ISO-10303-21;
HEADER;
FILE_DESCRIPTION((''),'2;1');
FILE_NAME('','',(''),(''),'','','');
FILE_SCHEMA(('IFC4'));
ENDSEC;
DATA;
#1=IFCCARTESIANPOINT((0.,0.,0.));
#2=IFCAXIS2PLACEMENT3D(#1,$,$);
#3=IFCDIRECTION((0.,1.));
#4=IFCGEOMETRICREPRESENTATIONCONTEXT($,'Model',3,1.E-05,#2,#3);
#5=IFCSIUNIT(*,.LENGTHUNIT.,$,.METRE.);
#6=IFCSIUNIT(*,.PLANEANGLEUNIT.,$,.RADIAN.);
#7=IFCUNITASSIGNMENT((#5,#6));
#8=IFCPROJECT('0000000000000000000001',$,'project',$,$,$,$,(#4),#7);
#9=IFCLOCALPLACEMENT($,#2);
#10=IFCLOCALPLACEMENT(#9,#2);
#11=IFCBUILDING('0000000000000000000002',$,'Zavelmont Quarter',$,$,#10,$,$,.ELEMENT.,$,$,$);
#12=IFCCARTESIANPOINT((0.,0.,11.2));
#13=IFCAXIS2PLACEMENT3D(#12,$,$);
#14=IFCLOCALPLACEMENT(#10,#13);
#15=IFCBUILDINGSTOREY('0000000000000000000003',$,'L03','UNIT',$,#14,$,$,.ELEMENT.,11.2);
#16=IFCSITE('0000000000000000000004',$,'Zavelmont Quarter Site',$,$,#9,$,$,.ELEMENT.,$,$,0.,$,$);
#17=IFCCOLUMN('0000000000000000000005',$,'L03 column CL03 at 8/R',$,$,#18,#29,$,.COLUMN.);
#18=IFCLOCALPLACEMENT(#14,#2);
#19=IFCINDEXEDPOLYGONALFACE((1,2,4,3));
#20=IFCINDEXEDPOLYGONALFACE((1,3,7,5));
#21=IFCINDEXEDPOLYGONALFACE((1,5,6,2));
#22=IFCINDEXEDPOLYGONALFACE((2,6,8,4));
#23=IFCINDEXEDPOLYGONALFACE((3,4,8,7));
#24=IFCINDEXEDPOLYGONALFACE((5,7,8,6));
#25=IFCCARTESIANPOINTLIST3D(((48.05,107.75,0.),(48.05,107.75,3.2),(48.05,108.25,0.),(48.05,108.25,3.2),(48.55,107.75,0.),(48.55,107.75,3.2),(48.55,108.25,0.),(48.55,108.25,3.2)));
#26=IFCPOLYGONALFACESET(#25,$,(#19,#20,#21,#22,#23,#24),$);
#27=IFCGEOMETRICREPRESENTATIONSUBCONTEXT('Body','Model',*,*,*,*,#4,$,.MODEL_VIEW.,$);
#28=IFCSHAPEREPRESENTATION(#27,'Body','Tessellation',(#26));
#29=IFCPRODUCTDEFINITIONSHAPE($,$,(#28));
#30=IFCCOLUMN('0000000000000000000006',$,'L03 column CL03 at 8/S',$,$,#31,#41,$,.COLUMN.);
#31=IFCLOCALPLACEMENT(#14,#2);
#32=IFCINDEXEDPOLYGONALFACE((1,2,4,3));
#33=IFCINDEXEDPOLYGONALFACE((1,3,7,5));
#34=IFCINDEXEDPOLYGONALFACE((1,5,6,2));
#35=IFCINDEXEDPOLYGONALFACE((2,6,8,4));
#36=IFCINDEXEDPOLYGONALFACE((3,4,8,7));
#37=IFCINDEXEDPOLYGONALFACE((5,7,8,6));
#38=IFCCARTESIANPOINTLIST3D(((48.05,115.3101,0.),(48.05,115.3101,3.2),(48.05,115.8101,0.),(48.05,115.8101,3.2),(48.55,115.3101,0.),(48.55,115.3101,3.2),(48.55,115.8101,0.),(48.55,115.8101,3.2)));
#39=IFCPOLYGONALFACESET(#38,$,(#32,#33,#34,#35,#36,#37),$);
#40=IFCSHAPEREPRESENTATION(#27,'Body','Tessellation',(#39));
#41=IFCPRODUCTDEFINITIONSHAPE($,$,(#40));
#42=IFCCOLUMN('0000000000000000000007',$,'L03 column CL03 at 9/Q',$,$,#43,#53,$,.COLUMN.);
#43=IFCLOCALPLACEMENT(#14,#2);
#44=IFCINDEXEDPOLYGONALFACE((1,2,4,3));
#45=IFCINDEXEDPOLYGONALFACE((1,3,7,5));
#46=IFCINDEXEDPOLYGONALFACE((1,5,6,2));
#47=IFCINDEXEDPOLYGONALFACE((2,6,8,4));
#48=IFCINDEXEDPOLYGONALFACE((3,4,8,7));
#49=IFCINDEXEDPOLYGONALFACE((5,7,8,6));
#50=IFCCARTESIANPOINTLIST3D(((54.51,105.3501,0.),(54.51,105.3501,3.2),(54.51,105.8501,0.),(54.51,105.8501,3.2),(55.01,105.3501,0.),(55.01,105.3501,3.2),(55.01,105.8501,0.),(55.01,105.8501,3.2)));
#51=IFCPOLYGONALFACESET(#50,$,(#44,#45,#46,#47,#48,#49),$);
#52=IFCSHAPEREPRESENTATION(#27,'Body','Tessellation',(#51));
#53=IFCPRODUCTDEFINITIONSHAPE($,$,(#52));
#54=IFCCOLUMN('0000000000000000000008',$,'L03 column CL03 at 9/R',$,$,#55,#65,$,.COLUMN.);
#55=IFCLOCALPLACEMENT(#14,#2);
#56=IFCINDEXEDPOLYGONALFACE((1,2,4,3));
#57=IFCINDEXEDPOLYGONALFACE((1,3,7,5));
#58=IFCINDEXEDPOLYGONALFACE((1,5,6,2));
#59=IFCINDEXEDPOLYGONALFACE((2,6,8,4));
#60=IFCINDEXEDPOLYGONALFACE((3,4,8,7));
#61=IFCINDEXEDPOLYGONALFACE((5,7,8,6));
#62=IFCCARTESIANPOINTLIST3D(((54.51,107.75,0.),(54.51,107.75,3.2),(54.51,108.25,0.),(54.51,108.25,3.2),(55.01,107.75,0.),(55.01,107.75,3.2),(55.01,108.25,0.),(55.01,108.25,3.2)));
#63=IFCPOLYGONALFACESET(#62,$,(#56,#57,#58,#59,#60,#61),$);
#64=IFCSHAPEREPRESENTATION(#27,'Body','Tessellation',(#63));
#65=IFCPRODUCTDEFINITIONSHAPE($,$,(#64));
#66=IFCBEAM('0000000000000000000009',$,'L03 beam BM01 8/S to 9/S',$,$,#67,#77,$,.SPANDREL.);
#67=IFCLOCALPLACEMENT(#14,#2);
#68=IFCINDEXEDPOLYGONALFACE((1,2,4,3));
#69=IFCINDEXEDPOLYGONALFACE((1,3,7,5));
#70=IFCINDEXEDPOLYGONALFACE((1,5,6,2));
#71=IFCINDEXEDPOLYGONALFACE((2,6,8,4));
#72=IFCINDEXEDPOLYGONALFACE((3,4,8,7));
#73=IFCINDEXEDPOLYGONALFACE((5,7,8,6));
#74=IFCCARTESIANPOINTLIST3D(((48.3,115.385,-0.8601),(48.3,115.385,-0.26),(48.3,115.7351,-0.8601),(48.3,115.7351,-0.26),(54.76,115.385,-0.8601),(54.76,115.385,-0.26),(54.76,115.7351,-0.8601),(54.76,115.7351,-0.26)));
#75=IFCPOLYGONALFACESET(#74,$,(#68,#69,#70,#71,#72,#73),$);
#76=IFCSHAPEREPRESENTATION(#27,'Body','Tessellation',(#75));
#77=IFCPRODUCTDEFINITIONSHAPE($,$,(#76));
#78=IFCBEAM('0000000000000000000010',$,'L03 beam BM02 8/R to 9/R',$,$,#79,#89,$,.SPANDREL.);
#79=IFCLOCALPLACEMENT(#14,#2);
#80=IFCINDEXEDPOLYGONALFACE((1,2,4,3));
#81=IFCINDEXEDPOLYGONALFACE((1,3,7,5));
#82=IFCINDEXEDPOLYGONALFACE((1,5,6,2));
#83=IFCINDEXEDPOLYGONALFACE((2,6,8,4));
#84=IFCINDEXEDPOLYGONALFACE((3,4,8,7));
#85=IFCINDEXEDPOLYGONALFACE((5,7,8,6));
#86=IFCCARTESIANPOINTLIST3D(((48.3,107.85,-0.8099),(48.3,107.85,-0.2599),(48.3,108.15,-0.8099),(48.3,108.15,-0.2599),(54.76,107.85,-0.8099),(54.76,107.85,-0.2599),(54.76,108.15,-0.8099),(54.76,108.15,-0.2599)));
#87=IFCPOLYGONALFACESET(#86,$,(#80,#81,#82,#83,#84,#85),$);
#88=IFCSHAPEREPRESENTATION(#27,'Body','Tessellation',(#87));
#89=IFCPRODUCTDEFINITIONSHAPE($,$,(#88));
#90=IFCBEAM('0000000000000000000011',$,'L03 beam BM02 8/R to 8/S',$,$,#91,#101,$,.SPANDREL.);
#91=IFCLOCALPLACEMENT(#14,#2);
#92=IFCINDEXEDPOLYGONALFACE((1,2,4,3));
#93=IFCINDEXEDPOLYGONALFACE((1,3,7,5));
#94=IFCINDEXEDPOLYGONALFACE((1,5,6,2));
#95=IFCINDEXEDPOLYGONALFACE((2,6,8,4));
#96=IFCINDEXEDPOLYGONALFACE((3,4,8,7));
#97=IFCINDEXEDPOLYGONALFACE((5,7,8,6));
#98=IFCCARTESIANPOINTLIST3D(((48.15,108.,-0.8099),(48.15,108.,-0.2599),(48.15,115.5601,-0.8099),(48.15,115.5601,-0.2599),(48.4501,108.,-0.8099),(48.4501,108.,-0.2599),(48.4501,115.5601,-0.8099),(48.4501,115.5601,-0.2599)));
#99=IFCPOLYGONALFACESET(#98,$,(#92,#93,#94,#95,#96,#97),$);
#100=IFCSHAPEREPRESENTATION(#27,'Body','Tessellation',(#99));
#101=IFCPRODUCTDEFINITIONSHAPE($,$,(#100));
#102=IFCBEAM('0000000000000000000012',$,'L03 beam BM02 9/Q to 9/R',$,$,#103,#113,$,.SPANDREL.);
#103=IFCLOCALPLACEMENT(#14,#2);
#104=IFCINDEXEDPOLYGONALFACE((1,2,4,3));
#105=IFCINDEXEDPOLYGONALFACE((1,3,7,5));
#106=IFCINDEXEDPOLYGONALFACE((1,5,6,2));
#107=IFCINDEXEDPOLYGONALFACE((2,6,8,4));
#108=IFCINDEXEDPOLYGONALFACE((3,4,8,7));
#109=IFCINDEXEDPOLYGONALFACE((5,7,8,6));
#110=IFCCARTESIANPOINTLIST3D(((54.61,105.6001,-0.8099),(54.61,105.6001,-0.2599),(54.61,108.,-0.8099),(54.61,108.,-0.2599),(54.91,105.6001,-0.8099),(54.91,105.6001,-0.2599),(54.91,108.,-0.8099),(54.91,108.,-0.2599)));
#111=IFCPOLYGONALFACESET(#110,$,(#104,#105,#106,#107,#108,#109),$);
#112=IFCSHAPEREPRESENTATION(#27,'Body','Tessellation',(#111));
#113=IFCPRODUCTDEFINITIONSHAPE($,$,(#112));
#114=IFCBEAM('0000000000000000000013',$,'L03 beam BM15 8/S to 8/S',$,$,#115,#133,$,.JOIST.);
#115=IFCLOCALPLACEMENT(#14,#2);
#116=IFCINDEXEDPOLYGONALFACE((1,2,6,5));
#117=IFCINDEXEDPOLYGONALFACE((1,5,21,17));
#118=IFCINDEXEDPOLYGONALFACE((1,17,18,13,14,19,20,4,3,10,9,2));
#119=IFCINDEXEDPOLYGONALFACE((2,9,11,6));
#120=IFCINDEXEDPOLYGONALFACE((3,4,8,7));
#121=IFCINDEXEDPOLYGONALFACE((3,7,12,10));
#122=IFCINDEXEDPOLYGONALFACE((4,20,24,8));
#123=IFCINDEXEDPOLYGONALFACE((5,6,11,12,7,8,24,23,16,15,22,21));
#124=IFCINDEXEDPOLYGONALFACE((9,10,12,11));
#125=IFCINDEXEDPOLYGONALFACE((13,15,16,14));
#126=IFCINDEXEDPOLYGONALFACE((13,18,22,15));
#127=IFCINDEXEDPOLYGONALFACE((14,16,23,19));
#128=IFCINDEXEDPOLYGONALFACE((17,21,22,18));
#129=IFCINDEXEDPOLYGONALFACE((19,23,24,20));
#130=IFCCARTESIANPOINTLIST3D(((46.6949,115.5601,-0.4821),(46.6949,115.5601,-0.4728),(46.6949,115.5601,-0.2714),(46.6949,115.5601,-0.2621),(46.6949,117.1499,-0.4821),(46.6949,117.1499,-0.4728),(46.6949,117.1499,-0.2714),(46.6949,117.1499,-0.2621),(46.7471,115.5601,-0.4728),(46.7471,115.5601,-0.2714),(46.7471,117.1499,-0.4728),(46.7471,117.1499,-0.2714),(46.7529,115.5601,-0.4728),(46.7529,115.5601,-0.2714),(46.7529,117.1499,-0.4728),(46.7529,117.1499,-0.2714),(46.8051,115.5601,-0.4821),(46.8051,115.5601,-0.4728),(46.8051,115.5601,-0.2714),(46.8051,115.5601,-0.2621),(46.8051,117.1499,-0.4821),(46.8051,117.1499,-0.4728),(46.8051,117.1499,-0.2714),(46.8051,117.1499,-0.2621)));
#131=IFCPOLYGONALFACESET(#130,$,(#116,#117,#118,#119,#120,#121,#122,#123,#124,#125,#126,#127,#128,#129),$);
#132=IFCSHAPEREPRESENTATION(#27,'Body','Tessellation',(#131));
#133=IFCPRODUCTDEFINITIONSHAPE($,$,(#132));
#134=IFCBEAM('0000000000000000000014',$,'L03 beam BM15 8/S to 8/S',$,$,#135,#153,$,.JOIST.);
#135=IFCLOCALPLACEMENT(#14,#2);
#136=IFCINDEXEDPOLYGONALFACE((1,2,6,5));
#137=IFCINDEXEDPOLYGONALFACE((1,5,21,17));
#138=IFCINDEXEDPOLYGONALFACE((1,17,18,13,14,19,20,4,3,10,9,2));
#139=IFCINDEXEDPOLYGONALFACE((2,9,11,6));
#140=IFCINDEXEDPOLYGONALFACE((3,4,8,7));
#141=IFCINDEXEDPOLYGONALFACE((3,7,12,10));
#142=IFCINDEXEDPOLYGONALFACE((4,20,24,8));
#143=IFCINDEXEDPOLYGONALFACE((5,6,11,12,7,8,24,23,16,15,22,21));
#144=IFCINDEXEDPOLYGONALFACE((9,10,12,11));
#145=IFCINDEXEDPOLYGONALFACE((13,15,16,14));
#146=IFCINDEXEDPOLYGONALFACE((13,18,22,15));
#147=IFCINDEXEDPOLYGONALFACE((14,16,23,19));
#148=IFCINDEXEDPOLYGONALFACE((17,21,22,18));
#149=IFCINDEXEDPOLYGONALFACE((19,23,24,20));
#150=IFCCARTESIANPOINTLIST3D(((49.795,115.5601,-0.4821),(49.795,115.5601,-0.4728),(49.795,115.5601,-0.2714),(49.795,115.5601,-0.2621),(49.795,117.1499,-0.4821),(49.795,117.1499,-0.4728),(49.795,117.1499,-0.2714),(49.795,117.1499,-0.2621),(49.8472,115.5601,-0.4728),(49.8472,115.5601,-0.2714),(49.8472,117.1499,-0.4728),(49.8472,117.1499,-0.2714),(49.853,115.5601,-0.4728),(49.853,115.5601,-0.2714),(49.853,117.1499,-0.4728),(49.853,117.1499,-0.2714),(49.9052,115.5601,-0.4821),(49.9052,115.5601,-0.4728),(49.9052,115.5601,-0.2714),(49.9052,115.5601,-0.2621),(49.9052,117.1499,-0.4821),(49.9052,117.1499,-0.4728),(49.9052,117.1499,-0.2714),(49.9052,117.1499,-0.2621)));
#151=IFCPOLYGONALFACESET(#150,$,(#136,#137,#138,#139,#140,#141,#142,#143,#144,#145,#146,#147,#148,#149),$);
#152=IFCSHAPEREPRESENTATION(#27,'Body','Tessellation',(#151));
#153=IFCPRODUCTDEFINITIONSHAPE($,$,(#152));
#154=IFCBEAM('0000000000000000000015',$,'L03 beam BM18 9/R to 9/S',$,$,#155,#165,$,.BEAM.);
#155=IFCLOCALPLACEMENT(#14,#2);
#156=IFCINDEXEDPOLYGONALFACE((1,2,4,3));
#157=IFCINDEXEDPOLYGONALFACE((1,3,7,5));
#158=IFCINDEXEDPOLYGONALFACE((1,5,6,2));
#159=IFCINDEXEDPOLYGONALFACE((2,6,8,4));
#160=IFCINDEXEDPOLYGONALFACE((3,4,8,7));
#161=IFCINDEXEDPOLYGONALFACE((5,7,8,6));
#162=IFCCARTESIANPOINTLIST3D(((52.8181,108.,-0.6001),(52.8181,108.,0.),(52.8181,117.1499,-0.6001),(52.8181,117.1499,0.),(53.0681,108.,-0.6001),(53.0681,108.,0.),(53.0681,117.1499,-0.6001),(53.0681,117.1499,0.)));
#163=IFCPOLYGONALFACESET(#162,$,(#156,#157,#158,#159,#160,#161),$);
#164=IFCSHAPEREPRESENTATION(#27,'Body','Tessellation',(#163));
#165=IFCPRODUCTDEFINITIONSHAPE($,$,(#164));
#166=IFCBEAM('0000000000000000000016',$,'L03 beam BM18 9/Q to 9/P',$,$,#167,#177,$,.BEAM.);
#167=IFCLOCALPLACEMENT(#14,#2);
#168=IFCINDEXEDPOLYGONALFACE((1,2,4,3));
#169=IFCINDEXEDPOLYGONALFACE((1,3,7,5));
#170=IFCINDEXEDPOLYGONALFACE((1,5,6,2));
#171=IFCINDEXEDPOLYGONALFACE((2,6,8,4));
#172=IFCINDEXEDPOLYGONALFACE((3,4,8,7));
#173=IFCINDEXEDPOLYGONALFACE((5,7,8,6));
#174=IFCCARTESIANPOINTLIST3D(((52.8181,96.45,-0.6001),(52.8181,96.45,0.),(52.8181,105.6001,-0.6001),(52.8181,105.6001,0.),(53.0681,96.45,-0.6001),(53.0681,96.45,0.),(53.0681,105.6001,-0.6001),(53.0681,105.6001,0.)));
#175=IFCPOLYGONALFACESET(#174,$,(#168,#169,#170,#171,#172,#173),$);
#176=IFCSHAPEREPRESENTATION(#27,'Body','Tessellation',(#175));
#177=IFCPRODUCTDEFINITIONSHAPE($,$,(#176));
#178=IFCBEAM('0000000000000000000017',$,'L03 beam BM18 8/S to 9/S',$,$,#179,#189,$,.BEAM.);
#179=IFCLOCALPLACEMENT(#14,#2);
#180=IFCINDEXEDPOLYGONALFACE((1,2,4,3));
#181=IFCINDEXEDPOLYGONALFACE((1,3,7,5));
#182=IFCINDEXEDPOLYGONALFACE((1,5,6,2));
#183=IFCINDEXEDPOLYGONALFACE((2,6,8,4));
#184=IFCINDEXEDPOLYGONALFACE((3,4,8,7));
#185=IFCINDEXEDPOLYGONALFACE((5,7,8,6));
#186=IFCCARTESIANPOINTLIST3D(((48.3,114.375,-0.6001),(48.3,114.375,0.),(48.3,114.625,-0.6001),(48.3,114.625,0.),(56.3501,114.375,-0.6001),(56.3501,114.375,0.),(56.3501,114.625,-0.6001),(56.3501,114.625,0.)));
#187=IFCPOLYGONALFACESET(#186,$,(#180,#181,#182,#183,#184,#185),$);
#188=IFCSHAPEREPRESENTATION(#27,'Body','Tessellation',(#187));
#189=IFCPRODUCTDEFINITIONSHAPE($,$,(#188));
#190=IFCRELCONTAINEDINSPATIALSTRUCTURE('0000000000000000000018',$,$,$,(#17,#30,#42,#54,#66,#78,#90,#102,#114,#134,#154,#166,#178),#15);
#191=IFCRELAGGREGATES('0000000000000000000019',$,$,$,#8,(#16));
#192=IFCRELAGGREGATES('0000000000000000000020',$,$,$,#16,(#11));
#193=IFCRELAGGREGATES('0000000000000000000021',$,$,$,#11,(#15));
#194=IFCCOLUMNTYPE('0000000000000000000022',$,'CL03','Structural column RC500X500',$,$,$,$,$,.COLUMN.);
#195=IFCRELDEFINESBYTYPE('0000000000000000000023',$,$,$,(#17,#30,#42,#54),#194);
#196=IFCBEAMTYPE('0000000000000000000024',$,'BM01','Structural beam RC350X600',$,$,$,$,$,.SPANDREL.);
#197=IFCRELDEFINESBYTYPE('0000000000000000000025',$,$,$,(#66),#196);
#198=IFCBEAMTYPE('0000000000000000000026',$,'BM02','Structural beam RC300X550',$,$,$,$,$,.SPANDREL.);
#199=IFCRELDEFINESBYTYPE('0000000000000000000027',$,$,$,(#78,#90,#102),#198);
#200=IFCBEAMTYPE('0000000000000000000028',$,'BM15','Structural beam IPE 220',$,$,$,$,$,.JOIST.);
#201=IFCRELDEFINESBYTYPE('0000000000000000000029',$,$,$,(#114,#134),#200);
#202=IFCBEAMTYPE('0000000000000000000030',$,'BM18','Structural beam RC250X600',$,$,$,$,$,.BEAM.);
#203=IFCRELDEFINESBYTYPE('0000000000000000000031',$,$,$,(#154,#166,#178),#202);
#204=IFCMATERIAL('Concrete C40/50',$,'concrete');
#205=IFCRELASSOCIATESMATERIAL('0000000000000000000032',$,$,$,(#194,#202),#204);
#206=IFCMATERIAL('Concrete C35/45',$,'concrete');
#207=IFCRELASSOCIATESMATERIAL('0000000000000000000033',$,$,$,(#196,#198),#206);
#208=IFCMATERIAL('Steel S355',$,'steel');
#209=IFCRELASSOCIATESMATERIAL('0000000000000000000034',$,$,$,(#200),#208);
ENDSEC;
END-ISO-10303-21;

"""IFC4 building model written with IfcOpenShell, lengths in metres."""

from ifc_helpers import new_model, si_unit, direction, frame, origin, origin_2d, place, context, subcontext, project, spatial, rectangle, i_section, extrude, material, material_profile, profile_set, type_object, element, save


model = new_model("IFC4")

# Units and contexts
model_context = context("Model", 3, precision=1e-05, world=origin(), true_north=direction((0.0, 1.0)))
body_context = subcontext(model_context, "Body", "Model", "MODEL_VIEW")
ifc_project = project(units=[si_unit("LENGTHUNIT", "METRE"), si_unit("PLANEANGLEUNIT", "RADIAN")], contexts=[model_context])

# Site, building, storey
site_placement = place(None, origin())
site = spatial("IfcSite", under=ifc_project, at=site_placement, Name="Zavelmont Quarter Site", CompositionType="ELEMENT", RefElevation=0.0)
building_placement = place(site_placement, origin())
building = spatial("IfcBuilding", under=site, at=building_placement, Name="Zavelmont Quarter", CompositionType="ELEMENT")
storey_placement = place(building_placement, frame((0.0, 0.0, 11.2)))
storey = spatial("IfcBuildingStorey", under=building, at=storey_placement, Name="L03", Description="UNIT", CompositionType="ELEMENT", Elevation=11.2)

# Columns
ifc_material_1 = material(Name="Concrete C40/50", Category="concrete")
ifc_material_profile_1 = material_profile(ifc_material_1, rectangle(XDim=0.5, YDim=0.5, at=origin_2d()), Name="RC500X500")
ifc_profile_set_1 = profile_set([ifc_material_profile_1], Name="Concrete C40/50")
column_type = type_object("IfcColumnType", Name="CL03", Description="Structural column RC500X500", PredefinedType="COLUMN", material=ifc_profile_set_1)
for number, where, z_axis, x_axis, name in (
    (1, (48.3, 108.0, 0.0), (0.0, 0.0, 1.0), (1.0, 0.0, 0.0), "L03 column CL03 at 8/R"),
    (2, (48.3, 115.5601, 0.0), (0.0, 0.0, 1.0), (1.0, 0.0, 0.0), "L03 column CL03 at 8/S"),
    (3, (54.76, 105.6001, 0.0), (0.0, 0.0, 1.0), (1.0, 0.0, 0.0), "L03 column CL03 at 9/Q"),
    (4, (54.76, 108.0, 0.0), (0.0, 0.0, 1.0), (1.0, 0.0, 0.0), "L03 column CL03 at 9/R"),
):
    element("IfcColumn", number, at=place(storey_placement, frame(where, z_axis=z_axis, x_axis=x_axis)), inside=storey, type_object=column_type, Name=name, PredefinedType="COLUMN", context=body_context, shape_type="SweptSolid", body=[
        extrude(rectangle(XDim=0.5, YDim=0.5, at=origin_2d()), origin(), (0.0, 0.0, 1.0), 3.2),
    ])

# Beams
ifc_material_2 = material(Name="Concrete C35/45", Category="concrete")
ifc_material_profile_2 = material_profile(ifc_material_2, rectangle(XDim=0.3501, YDim=0.6001, at=origin_2d()), Name="RC350X600")
ifc_profile_set_2 = profile_set([ifc_material_profile_2], Name="Concrete C35/45")
beam_type_1 = type_object("IfcBeamType", Name="BM01", Description="Structural beam RC350X600", PredefinedType="SPANDREL", material=ifc_profile_set_2)
beam_1_placement = place(storey_placement, frame((48.3, 115.5601, -0.5601), z_axis=(1.0, 0.0, 0.0), x_axis=(0.0, 1.0, 0.0)))
element("IfcBeam", 5, at=beam_1_placement, inside=storey, type_object=beam_type_1, Name="L03 beam BM01 8/S to 9/S", PredefinedType="SPANDREL", context=body_context, shape_type="SweptSolid", body=[
    extrude(rectangle(XDim=0.3501, YDim=0.6001, at=origin_2d()), origin(), (0.0, 0.0, 1.0), 6.46),
])
ifc_material_profile_3 = material_profile(ifc_material_2, rectangle(XDim=0.3, YDim=0.55, at=origin_2d()), Name="RC300X550")
ifc_profile_set_3 = profile_set([ifc_material_profile_3], Name="Concrete C35/45")
beam_type_2 = type_object("IfcBeamType", Name="BM02", Description="Structural beam RC300X550", PredefinedType="SPANDREL", material=ifc_profile_set_3)
beam_2_placement = place(storey_placement, frame((48.3, 108.0, -0.5349), z_axis=(1.0, 0.0, 0.0), x_axis=(0.0, 1.0, 0.0)))
element("IfcBeam", 6, at=beam_2_placement, inside=storey, type_object=beam_type_2, Name="L03 beam BM02 8/R to 9/R", PredefinedType="SPANDREL", context=body_context, shape_type="SweptSolid", body=[
    extrude(rectangle(XDim=0.3, YDim=0.55, at=origin_2d()), origin(), (0.0, 0.0, 1.0), 6.46),
])
beam_3_placement = place(storey_placement, frame((48.3, 108.0, -0.5349), z_axis=(0.0, 1.0, 0.0), x_axis=(-1.0, 0.0, 0.0)))
element("IfcBeam", 7, at=beam_3_placement, inside=storey, type_object=beam_type_2, Name="L03 beam BM02 8/R to 8/S", PredefinedType="SPANDREL", context=body_context, shape_type="SweptSolid", body=[
    extrude(rectangle(XDim=0.3, YDim=0.55, at=origin_2d()), origin(), (0.0, 0.0, 1.0), 7.5601),
])
beam_4_placement = place(storey_placement, frame((54.76, 105.6001, -0.5349), z_axis=(0.0, 1.0, 0.0), x_axis=(-1.0, 0.0, 0.0)))
element("IfcBeam", 8, at=beam_4_placement, inside=storey, type_object=beam_type_2, Name="L03 beam BM02 9/Q to 9/R", PredefinedType="SPANDREL", context=body_context, shape_type="SweptSolid", body=[
    extrude(rectangle(XDim=0.3, YDim=0.55, at=origin_2d()), origin(), (0.0, 0.0, 1.0), 2.3999),
])
ifc_material_3 = material(Name="Steel S355", Category="steel")
ifc_material_profile_4 = material_profile(ifc_material_3, i_section(OverallWidth=0.1101, OverallDepth=0.22, WebThickness=0.0059, FlangeThickness=0.0093, at=origin_2d()), Name="IPE 220")
ifc_profile_set_4 = profile_set([ifc_material_profile_4], Name="Steel S355")
beam_type_3 = type_object("IfcBeamType", Name="BM15", Description="Structural beam IPE 220", PredefinedType="JOIST", material=ifc_profile_set_4)
for number, where, z_axis, x_axis, name in (
    (9, (46.75, 115.5601, -0.3721), (0.0, 1.0, 0.0), (-1.0, 0.0, 0.0), "L03 beam BM15 8/S to 8/S"),
    (10, (49.8501, 115.5601, -0.3721), (0.0, 1.0, 0.0), (-1.0, 0.0, 0.0), "L03 beam BM15 8/S to 8/S"),
):
    element("IfcBeam", number, at=place(storey_placement, frame(where, z_axis=z_axis, x_axis=x_axis)), inside=storey, type_object=beam_type_3, Name=name, PredefinedType="JOIST", context=body_context, shape_type="SweptSolid", body=[
        extrude(i_section(OverallWidth=0.1101, OverallDepth=0.22, WebThickness=0.0059, FlangeThickness=0.0093, at=origin_2d()), origin(), (0.0, 0.0, 1.0), 1.5898),
    ])
ifc_material_profile_5 = material_profile(ifc_material_1, rectangle(XDim=0.25, YDim=0.6001, at=origin_2d()), Name="RC250X600")
ifc_profile_set_5 = profile_set([ifc_material_profile_5], Name="Concrete C40/50")
beam_type_4 = type_object("IfcBeamType", Name="BM18", Description="Structural beam RC250X600", PredefinedType="BEAM", material=ifc_profile_set_5)
beam_5_placement = place(storey_placement, frame((52.9431, 108.0, -0.3), z_axis=(0.0, 1.0, 0.0), x_axis=(-1.0, 0.0, 0.0)))
element("IfcBeam", 11, at=beam_5_placement, inside=storey, type_object=beam_type_4, Name="L03 beam BM18 9/R to 9/S", PredefinedType="BEAM", context=body_context, shape_type="SweptSolid", body=[
    extrude(rectangle(XDim=0.25, YDim=0.6001, at=origin_2d()), origin(), (0.0, 0.0, 1.0), 9.1499),
])
beam_6_placement = place(storey_placement, frame((52.9431, 105.6001, -0.3), z_axis=(0.0, -1.0, 0.0), x_axis=(1.0, 0.0, 0.0)))
element("IfcBeam", 12, at=beam_6_placement, inside=storey, type_object=beam_type_4, Name="L03 beam BM18 9/Q to 9/P", PredefinedType="BEAM", context=body_context, shape_type="SweptSolid", body=[
    extrude(rectangle(XDim=0.25, YDim=0.6001, at=origin_2d()), origin(), (0.0, 0.0, 1.0), 9.1501),
])
beam_7_placement = place(storey_placement, frame((48.3, 114.5, -0.3), z_axis=(1.0, 0.0, 0.0), x_axis=(0.0, 1.0, 0.0)))
element("IfcBeam", 13, at=beam_7_placement, inside=storey, type_object=beam_type_4, Name="L03 beam BM18 8/S to 9/S", PredefinedType="BEAM", context=body_context, shape_type="SweptSolid", body=[
    extrude(rectangle(XDim=0.25, YDim=0.6001, at=origin_2d()), origin(), (0.0, 0.0, 1.0), 8.05),
])

save(model, "model.ifc")
